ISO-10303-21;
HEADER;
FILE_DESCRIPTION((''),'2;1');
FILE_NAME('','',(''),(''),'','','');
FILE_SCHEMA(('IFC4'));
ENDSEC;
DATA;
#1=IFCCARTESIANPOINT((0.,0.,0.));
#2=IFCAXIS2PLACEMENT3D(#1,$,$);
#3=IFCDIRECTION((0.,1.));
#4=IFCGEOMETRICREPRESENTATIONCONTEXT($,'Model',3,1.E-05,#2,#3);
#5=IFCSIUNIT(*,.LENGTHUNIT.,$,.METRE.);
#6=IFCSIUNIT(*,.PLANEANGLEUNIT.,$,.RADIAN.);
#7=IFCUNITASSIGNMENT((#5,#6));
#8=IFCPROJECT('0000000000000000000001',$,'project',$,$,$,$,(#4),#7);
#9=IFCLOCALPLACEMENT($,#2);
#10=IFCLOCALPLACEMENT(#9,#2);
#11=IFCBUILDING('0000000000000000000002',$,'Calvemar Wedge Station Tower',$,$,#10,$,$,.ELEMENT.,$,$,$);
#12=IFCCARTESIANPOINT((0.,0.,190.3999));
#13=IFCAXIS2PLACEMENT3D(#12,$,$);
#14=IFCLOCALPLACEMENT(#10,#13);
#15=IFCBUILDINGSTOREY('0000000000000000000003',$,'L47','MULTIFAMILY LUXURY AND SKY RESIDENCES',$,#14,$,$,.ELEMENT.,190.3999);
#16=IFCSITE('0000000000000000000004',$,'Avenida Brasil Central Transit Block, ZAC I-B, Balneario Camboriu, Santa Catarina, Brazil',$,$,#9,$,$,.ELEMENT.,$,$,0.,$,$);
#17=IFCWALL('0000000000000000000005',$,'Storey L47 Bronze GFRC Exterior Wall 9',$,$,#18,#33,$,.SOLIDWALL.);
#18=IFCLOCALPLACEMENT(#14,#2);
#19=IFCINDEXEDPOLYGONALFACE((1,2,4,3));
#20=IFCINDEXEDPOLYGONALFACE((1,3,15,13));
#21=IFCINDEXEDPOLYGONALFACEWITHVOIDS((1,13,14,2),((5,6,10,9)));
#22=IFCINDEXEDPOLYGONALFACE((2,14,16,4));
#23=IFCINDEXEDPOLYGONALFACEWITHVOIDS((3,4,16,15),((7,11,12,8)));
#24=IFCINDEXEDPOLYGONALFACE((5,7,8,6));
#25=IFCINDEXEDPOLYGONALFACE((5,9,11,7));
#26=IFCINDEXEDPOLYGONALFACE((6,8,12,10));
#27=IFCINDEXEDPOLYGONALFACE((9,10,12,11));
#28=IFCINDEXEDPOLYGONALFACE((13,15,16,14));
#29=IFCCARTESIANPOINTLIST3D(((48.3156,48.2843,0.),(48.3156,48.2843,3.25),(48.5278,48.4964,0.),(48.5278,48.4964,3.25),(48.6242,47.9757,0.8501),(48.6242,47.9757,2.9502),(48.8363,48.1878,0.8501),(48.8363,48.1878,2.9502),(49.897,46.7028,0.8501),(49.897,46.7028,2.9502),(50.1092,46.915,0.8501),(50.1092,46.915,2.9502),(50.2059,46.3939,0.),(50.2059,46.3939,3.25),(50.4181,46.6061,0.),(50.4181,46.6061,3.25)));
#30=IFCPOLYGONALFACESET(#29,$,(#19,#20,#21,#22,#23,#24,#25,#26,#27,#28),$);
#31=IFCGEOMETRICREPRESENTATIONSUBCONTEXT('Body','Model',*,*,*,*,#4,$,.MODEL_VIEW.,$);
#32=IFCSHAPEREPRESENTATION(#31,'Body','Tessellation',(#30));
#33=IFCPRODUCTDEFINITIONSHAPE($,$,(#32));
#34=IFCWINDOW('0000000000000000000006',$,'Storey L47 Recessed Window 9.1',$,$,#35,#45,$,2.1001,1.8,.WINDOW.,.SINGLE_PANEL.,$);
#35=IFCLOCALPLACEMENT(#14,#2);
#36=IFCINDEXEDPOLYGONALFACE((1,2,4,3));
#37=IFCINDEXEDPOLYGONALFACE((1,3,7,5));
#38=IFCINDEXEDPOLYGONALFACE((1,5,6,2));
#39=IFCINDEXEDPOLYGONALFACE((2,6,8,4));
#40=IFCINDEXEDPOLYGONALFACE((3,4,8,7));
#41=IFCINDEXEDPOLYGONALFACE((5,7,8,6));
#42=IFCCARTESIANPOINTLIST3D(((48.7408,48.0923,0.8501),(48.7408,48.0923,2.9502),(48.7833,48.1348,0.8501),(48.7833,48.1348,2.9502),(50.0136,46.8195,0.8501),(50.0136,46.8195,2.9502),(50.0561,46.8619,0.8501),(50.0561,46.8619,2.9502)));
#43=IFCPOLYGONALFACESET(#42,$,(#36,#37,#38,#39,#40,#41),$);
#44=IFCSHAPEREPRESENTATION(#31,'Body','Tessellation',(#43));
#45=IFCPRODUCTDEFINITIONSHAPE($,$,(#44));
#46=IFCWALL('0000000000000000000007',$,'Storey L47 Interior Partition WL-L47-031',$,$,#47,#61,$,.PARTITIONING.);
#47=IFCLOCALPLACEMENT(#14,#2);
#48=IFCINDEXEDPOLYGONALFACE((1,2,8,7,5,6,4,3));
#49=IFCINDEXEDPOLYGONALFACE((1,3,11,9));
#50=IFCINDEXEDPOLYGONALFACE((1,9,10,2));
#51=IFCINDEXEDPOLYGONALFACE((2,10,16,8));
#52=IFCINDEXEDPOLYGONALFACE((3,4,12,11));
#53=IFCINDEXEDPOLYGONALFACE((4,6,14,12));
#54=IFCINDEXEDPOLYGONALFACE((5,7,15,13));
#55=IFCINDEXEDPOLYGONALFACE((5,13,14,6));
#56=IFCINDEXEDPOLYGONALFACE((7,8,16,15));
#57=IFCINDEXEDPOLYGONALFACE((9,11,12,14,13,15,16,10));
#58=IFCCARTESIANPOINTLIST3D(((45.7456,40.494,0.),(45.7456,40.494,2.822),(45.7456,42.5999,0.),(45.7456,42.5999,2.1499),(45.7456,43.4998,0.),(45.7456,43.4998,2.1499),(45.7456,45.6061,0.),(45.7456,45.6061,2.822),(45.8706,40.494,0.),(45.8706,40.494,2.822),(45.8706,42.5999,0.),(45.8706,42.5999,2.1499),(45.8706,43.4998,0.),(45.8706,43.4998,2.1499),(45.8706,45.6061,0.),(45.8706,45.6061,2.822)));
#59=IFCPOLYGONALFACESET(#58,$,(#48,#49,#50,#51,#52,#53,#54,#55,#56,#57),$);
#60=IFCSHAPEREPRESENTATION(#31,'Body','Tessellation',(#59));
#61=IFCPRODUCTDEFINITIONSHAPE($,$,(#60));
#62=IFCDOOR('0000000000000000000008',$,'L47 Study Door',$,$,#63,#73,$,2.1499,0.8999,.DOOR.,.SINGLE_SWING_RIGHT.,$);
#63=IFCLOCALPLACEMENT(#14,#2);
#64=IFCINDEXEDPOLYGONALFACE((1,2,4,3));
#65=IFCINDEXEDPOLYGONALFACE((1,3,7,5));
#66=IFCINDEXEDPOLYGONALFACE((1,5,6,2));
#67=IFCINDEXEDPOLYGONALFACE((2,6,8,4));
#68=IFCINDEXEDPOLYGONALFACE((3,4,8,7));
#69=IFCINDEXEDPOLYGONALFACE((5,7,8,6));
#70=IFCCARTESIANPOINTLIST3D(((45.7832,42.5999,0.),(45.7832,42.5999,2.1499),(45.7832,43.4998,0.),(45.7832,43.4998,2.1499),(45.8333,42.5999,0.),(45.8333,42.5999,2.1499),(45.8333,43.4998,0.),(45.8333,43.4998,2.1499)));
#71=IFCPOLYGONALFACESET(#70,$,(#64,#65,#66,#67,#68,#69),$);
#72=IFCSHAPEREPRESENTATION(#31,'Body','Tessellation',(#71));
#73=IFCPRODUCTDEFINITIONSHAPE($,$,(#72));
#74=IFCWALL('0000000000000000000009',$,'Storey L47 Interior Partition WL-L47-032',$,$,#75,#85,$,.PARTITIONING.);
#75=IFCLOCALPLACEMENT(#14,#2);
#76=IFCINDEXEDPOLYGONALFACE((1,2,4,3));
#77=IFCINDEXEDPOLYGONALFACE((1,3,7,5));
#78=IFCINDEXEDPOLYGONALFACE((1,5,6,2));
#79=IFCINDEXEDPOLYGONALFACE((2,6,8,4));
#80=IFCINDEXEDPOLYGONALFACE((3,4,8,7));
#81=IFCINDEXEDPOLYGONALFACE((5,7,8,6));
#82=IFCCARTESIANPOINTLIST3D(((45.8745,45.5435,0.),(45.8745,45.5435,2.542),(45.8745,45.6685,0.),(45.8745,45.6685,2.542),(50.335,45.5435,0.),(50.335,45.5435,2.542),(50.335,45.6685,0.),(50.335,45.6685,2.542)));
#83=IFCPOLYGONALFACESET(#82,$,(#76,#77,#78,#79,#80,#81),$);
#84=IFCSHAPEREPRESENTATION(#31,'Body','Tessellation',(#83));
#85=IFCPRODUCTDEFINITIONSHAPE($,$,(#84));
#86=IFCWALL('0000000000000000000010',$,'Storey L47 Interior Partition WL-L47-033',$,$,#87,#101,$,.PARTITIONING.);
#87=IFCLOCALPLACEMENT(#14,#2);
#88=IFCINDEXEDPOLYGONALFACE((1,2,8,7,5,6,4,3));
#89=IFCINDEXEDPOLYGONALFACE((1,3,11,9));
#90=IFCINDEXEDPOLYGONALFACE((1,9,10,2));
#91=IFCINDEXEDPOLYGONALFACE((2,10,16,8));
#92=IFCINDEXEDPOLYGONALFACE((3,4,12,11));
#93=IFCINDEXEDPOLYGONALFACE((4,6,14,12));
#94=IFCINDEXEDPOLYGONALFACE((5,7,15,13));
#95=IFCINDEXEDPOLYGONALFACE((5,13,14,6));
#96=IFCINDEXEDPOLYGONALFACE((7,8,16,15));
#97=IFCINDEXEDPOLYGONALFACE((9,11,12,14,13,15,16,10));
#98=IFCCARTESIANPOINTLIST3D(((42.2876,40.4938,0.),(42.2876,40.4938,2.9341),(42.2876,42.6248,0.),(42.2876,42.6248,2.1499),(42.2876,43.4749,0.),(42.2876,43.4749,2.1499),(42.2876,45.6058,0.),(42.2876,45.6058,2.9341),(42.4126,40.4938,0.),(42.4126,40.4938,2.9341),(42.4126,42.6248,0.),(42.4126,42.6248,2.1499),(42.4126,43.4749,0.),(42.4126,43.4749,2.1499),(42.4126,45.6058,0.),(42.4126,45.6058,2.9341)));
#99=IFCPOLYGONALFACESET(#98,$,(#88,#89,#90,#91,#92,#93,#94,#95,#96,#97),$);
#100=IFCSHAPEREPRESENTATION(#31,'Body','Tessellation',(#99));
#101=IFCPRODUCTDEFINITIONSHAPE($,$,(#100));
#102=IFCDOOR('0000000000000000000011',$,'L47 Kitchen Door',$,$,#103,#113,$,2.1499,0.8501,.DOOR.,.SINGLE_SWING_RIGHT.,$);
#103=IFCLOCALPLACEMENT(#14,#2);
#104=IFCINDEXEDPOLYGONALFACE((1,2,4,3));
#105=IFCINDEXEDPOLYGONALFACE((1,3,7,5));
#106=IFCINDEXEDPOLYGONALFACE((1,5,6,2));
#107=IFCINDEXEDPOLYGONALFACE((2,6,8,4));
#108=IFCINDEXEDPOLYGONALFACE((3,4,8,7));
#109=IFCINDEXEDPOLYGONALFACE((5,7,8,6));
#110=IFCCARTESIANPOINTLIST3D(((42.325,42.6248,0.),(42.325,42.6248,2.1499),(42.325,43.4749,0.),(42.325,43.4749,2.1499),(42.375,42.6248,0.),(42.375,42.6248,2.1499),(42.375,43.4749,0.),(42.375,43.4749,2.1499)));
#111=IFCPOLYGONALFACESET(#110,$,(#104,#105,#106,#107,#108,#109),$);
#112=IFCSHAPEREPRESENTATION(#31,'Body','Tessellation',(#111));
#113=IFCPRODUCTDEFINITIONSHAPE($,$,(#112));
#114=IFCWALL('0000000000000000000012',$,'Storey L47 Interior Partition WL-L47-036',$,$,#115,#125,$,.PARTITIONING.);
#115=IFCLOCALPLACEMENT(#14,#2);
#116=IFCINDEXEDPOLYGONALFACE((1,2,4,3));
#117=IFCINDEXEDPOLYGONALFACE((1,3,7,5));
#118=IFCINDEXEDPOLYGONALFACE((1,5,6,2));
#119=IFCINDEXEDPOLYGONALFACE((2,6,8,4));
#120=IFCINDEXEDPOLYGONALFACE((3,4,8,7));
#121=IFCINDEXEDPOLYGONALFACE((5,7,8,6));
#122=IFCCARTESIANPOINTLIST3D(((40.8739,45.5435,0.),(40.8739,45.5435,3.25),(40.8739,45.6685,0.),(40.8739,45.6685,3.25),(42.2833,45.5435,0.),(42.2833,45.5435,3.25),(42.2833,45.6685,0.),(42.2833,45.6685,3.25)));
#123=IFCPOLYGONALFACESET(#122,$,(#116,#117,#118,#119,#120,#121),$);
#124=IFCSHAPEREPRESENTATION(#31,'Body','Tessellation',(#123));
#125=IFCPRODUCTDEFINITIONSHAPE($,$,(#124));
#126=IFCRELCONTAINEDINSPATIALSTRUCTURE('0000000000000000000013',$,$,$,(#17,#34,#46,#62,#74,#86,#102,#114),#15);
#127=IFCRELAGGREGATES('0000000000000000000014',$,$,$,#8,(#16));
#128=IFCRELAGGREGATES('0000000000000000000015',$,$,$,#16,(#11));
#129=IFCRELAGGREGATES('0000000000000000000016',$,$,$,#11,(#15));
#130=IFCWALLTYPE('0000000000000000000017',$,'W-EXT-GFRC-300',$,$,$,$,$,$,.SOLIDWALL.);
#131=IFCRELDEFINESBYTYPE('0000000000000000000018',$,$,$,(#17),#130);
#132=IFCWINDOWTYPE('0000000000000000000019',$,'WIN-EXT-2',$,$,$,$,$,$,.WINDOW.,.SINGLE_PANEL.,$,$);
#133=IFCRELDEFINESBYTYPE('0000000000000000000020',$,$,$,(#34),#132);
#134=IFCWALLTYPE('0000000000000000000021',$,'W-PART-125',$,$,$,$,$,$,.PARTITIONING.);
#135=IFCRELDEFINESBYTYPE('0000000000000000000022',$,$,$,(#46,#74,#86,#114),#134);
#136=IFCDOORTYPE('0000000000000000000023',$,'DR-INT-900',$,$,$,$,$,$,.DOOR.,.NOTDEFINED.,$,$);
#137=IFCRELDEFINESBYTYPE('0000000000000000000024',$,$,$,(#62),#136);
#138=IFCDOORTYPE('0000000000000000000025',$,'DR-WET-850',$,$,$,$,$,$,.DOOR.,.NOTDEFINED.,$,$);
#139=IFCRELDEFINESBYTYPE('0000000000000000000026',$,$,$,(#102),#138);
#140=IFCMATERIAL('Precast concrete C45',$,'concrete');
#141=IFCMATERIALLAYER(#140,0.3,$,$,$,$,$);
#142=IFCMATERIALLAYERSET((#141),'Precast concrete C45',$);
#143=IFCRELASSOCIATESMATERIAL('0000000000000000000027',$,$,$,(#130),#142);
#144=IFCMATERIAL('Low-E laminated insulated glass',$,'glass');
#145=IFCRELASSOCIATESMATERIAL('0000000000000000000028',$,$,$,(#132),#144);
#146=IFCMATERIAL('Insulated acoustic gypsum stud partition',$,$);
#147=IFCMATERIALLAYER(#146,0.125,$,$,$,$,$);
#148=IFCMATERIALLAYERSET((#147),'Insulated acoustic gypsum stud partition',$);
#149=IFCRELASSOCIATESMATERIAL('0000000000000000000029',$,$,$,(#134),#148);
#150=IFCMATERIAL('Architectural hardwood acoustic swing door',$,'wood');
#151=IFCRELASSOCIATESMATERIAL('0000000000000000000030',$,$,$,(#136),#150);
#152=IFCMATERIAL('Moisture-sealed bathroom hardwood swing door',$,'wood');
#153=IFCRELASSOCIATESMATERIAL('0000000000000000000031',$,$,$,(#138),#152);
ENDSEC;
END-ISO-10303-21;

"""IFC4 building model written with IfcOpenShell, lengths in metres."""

from ifc_helpers import new_model, si_unit, direction, frame, frame_2d, origin, place, context, subcontext, project, spatial, rectangle, extrude, source, transform, mapped, material, layer, layer_set, type_object, element, fill, save


model = new_model("IFC4")

# Units and contexts
model_context = context("Model", 3, precision=1e-05, world=origin(), true_north=direction((0.0, 1.0)))
body_context = subcontext(model_context, "Body", "Model", "MODEL_VIEW")
ifc_project = project(units=[si_unit("LENGTHUNIT", "METRE"), si_unit("PLANEANGLEUNIT", "RADIAN")], contexts=[model_context])

# Site, building, storey
site_placement = place(None, origin())
site = spatial("IfcSite", under=ifc_project, at=site_placement, Name="Avenida Brasil Central Transit Block, ZAC I-B, Balneario Camboriu, Santa Catarina, Brazil", CompositionType="ELEMENT", RefElevation=0.0)
building_placement = place(site_placement, origin())
building = spatial("IfcBuilding", under=site, at=building_placement, Name="Calvemar Wedge Station Tower", CompositionType="ELEMENT")
storey_placement = place(building_placement, frame((0.0, 0.0, 190.3999)))
storey = spatial("IfcBuildingStorey", under=building, at=storey_placement, Name="L47", Description="MULTIFAMILY LUXURY AND SKY RESIDENCES", CompositionType="ELEMENT", Elevation=190.3999)

# Wall, opening, window
ifc_material_1 = material(Name="Precast concrete C45", Category="concrete")
ifc_layer_1 = layer(ifc_material_1, 0.3)
ifc_layer_set_1 = layer_set([ifc_layer_1], Name="Precast concrete C45")
wall_type_1 = type_object("IfcWallType", Name="W-EXT-GFRC-300", PredefinedType="SOLIDWALL", material=ifc_layer_set_1)
wall_1_placement = place(storey_placement, frame((50.312, 46.5, 0.0), z_axis=(0.0, 0.0, 1.0), x_axis=(-0.707107, 0.707107, 0.0)))
wall_1 = element("IfcWall", 1, at=wall_1_placement, inside=storey, type_object=wall_type_1, Name="Storey L47 Bronze GFRC Exterior Wall 9", PredefinedType="SOLIDWALL", context=body_context, shape_type="SweptSolid", body=[
    extrude(rectangle(XDim=2.6733, YDim=0.3, at=frame_2d((1.3367, 0.0))), origin(), (0.0, 0.0, 1.0), 3.25),
])
shared_shape_1 = source(origin(), body_context, "Body", "SweptSolid", [
    extrude(rectangle(XDim=1.8, YDim=2.1001, at=frame_2d((0.8999, 1.05))), frame((0.0, 0.1602, 0.0), z_axis=(0.0, -1.0, 0.0), x_axis=(1.0, 0.0, 0.0)), (0.0, 0.0, 1.0), 0.3201),
])
opening_1_placement = place(wall_1_placement, frame((0.437, 0.0, 0.8501)))
opening_1 = element("IfcOpeningElement", 2, at=opening_1_placement, cuts=wall_1, PredefinedType="OPENING", context=body_context, shape_type="MappedRepresentation", body=[
    mapped(shared_shape_1, transform((0.0, 0.0, 0.0), scale=1.0)),
])
ifc_material_2 = material(Name="Low-E laminated insulated glass", Category="glass")
window_type = type_object("IfcWindowType", Name="WIN-EXT-2", PartitioningType="SINGLE_PANEL", PredefinedType="WINDOW", material=ifc_material_2)
shared_shape_2 = source(origin(), body_context, "Body", "SweptSolid", [
    extrude(rectangle(XDim=1.8, YDim=2.1001, at=frame_2d((0.8999, 1.05))), frame((0.0, -0.0149, 0.0), z_axis=(0.0, -1.0, 0.0), x_axis=(1.0, 0.0, 0.0)), (0.0, 0.0, 1.0), 0.0601),
])
window_placement = place(opening_1_placement, origin())
window = element("IfcWindow", 3, at=window_placement, inside=storey, type_object=window_type, Name="Storey L47 Recessed Window 9.1", OverallHeight=2.1001, OverallWidth=1.8, PartitioningType="SINGLE_PANEL", PredefinedType="WINDOW", context=body_context, shape_type="MappedRepresentation", body=[
    mapped(shared_shape_2, transform((0.0, 0.0, 0.0), scale=1.0)),
])
fill(opening_1, window)

# Wall, opening, door
ifc_material_3 = material(Name="Insulated acoustic gypsum stud partition")
ifc_layer_2 = layer(ifc_material_3, 0.125)
ifc_layer_set_2 = layer_set([ifc_layer_2], Name="Insulated acoustic gypsum stud partition")
wall_type_2 = type_object("IfcWallType", Name="W-PART-125", PredefinedType="PARTITIONING", material=ifc_layer_set_2)
wall_2_placement = place(storey_placement, frame((45.8081, 40.4939, 0.0), z_axis=(0.0, 0.0, 1.0), x_axis=(0.0, 1.0, 0.0)))
wall_2 = element("IfcWall", 4, at=wall_2_placement, inside=storey, type_object=wall_type_2, Name="Storey L47 Interior Partition WL-L47-031", PredefinedType="PARTITIONING", context=body_context, shape_type="SweptSolid", body=[
    extrude(rectangle(XDim=5.1121, YDim=0.125, at=frame_2d((2.5562, 0.0))), origin(), (0.0, 0.0, 1.0), 2.822),
])
shared_shape_3 = source(origin(), body_context, "Body", "SweptSolid", [
    extrude(rectangle(XDim=0.8999, YDim=2.1499, at=frame_2d((0.45, 1.075))), frame((0.0, 0.0725, 0.0), z_axis=(0.0, -1.0, 0.0), x_axis=(1.0, 0.0, 0.0)), (0.0, 0.0, 1.0), 0.145),
])
opening_2_placement = place(wall_2_placement, frame((2.106, 0.0, 0.0)))
opening_2 = element("IfcOpeningElement", 5, at=opening_2_placement, cuts=wall_2, PredefinedType="OPENING", context=body_context, shape_type="MappedRepresentation", body=[
    mapped(shared_shape_3, transform((0.0, 0.0, 0.0), scale=1.0)),
])
ifc_material_4 = material(Name="Architectural hardwood acoustic swing door", Category="wood")
door_type_1 = type_object("IfcDoorType", Name="DR-INT-900", OperationType="NOTDEFINED", PredefinedType="DOOR", material=ifc_material_4)
shared_shape_4 = source(origin(), body_context, "Body", "SweptSolid", [
    extrude(rectangle(XDim=0.8999, YDim=2.1499, at=frame_2d((0.45, 1.075))), frame((0.0, 0.0249, 0.0), z_axis=(0.0, -1.0, 0.0), x_axis=(1.0, 0.0, 0.0)), (0.0, 0.0, 1.0), 0.05),
])
door_1_placement = place(opening_2_placement, origin())
door_1 = element("IfcDoor", 6, at=door_1_placement, inside=storey, type_object=door_type_1, Name="L47 Study Door", OperationType="SINGLE_SWING_RIGHT", OverallHeight=2.1499, OverallWidth=0.8999, PredefinedType="DOOR", context=body_context, shape_type="MappedRepresentation", body=[
    mapped(shared_shape_4, transform((0.0, 0.0, 0.0), scale=1.0)),
])
fill(opening_2, door_1)

# Wall
wall_3_placement = place(storey_placement, frame((45.8745, 45.606, 0.0), z_axis=(0.0, 0.0, 1.0), x_axis=(1.0, 0.0, 0.0)))
element("IfcWall", 7, at=wall_3_placement, inside=storey, type_object=wall_type_2, Name="Storey L47 Interior Partition WL-L47-032", PredefinedType="PARTITIONING", context=body_context, shape_type="SweptSolid", body=[
    extrude(rectangle(XDim=4.4604, YDim=0.125, at=frame_2d((2.2302, 0.0))), origin(), (0.0, 0.0, 1.0), 2.542),
])

# Wall, opening, door
wall_4_placement = place(storey_placement, frame((42.3501, 45.606, 0.0), z_axis=(0.0, 0.0, 1.0), x_axis=(0.0, -1.0, 0.0)))
wall_4 = element("IfcWall", 8, at=wall_4_placement, inside=storey, type_object=wall_type_2, Name="Storey L47 Interior Partition WL-L47-033", PredefinedType="PARTITIONING", context=body_context, shape_type="SweptSolid", body=[
    extrude(rectangle(XDim=5.1121, YDim=0.125, at=frame_2d((2.5562, 0.0))), origin(), (0.0, 0.0, 1.0), 2.9341),
])
shared_shape_5 = source(origin(), body_context, "Body", "SweptSolid", [
    extrude(rectangle(XDim=0.8501, YDim=2.1499, at=frame_2d((0.425, 1.075))), frame((0.0, 0.0725, 0.0), z_axis=(0.0, -1.0, 0.0), x_axis=(1.0, 0.0, 0.0)), (0.0, 0.0, 1.0), 0.145),
])
opening_3_placement = place(wall_4_placement, frame((2.1311, 0.0, 0.0)))
opening_3 = element("IfcOpeningElement", 9, at=opening_3_placement, cuts=wall_4, PredefinedType="OPENING", context=body_context, shape_type="MappedRepresentation", body=[
    mapped(shared_shape_5, transform((0.0, 0.0, 0.0), scale=1.0)),
])
ifc_material_5 = material(Name="Moisture-sealed bathroom hardwood swing door", Category="wood")
door_type_2 = type_object("IfcDoorType", Name="DR-WET-850", OperationType="NOTDEFINED", PredefinedType="DOOR", material=ifc_material_5)
shared_shape_6 = source(origin(), body_context, "Body", "SweptSolid", [
    extrude(rectangle(XDim=0.8501, YDim=2.1499, at=frame_2d((0.425, 1.075))), frame((0.0, 0.0249, 0.0), z_axis=(0.0, -1.0, 0.0), x_axis=(1.0, 0.0, 0.0)), (0.0, 0.0, 1.0), 0.05),
])
door_2_placement = place(opening_3_placement, origin())
door_2 = element("IfcDoor", 10, at=door_2_placement, inside=storey, type_object=door_type_2, Name="L47 Kitchen Door", OperationType="SINGLE_SWING_RIGHT", OverallHeight=2.1499, OverallWidth=0.8501, PredefinedType="DOOR", context=body_context, shape_type="MappedRepresentation", body=[
    mapped(shared_shape_6, transform((0.0, 0.0, 0.0), scale=1.0)),
])
fill(opening_3, door_2)

# Wall
wall_5_placement = place(storey_placement, frame((40.874, 45.606, 0.0), z_axis=(0.0, 0.0, 1.0), x_axis=(1.0, 0.0, 0.0)))
element("IfcWall", 11, at=wall_5_placement, inside=storey, type_object=wall_type_2, Name="Storey L47 Interior Partition WL-L47-036", PredefinedType="PARTITIONING", context=body_context, shape_type="SweptSolid", body=[
    extrude(rectangle(XDim=1.4094, YDim=0.125, at=frame_2d((0.7046, 0.0))), origin(), (0.0, 0.0, 1.0), 3.25),
])

save(model, "model.ifc")
